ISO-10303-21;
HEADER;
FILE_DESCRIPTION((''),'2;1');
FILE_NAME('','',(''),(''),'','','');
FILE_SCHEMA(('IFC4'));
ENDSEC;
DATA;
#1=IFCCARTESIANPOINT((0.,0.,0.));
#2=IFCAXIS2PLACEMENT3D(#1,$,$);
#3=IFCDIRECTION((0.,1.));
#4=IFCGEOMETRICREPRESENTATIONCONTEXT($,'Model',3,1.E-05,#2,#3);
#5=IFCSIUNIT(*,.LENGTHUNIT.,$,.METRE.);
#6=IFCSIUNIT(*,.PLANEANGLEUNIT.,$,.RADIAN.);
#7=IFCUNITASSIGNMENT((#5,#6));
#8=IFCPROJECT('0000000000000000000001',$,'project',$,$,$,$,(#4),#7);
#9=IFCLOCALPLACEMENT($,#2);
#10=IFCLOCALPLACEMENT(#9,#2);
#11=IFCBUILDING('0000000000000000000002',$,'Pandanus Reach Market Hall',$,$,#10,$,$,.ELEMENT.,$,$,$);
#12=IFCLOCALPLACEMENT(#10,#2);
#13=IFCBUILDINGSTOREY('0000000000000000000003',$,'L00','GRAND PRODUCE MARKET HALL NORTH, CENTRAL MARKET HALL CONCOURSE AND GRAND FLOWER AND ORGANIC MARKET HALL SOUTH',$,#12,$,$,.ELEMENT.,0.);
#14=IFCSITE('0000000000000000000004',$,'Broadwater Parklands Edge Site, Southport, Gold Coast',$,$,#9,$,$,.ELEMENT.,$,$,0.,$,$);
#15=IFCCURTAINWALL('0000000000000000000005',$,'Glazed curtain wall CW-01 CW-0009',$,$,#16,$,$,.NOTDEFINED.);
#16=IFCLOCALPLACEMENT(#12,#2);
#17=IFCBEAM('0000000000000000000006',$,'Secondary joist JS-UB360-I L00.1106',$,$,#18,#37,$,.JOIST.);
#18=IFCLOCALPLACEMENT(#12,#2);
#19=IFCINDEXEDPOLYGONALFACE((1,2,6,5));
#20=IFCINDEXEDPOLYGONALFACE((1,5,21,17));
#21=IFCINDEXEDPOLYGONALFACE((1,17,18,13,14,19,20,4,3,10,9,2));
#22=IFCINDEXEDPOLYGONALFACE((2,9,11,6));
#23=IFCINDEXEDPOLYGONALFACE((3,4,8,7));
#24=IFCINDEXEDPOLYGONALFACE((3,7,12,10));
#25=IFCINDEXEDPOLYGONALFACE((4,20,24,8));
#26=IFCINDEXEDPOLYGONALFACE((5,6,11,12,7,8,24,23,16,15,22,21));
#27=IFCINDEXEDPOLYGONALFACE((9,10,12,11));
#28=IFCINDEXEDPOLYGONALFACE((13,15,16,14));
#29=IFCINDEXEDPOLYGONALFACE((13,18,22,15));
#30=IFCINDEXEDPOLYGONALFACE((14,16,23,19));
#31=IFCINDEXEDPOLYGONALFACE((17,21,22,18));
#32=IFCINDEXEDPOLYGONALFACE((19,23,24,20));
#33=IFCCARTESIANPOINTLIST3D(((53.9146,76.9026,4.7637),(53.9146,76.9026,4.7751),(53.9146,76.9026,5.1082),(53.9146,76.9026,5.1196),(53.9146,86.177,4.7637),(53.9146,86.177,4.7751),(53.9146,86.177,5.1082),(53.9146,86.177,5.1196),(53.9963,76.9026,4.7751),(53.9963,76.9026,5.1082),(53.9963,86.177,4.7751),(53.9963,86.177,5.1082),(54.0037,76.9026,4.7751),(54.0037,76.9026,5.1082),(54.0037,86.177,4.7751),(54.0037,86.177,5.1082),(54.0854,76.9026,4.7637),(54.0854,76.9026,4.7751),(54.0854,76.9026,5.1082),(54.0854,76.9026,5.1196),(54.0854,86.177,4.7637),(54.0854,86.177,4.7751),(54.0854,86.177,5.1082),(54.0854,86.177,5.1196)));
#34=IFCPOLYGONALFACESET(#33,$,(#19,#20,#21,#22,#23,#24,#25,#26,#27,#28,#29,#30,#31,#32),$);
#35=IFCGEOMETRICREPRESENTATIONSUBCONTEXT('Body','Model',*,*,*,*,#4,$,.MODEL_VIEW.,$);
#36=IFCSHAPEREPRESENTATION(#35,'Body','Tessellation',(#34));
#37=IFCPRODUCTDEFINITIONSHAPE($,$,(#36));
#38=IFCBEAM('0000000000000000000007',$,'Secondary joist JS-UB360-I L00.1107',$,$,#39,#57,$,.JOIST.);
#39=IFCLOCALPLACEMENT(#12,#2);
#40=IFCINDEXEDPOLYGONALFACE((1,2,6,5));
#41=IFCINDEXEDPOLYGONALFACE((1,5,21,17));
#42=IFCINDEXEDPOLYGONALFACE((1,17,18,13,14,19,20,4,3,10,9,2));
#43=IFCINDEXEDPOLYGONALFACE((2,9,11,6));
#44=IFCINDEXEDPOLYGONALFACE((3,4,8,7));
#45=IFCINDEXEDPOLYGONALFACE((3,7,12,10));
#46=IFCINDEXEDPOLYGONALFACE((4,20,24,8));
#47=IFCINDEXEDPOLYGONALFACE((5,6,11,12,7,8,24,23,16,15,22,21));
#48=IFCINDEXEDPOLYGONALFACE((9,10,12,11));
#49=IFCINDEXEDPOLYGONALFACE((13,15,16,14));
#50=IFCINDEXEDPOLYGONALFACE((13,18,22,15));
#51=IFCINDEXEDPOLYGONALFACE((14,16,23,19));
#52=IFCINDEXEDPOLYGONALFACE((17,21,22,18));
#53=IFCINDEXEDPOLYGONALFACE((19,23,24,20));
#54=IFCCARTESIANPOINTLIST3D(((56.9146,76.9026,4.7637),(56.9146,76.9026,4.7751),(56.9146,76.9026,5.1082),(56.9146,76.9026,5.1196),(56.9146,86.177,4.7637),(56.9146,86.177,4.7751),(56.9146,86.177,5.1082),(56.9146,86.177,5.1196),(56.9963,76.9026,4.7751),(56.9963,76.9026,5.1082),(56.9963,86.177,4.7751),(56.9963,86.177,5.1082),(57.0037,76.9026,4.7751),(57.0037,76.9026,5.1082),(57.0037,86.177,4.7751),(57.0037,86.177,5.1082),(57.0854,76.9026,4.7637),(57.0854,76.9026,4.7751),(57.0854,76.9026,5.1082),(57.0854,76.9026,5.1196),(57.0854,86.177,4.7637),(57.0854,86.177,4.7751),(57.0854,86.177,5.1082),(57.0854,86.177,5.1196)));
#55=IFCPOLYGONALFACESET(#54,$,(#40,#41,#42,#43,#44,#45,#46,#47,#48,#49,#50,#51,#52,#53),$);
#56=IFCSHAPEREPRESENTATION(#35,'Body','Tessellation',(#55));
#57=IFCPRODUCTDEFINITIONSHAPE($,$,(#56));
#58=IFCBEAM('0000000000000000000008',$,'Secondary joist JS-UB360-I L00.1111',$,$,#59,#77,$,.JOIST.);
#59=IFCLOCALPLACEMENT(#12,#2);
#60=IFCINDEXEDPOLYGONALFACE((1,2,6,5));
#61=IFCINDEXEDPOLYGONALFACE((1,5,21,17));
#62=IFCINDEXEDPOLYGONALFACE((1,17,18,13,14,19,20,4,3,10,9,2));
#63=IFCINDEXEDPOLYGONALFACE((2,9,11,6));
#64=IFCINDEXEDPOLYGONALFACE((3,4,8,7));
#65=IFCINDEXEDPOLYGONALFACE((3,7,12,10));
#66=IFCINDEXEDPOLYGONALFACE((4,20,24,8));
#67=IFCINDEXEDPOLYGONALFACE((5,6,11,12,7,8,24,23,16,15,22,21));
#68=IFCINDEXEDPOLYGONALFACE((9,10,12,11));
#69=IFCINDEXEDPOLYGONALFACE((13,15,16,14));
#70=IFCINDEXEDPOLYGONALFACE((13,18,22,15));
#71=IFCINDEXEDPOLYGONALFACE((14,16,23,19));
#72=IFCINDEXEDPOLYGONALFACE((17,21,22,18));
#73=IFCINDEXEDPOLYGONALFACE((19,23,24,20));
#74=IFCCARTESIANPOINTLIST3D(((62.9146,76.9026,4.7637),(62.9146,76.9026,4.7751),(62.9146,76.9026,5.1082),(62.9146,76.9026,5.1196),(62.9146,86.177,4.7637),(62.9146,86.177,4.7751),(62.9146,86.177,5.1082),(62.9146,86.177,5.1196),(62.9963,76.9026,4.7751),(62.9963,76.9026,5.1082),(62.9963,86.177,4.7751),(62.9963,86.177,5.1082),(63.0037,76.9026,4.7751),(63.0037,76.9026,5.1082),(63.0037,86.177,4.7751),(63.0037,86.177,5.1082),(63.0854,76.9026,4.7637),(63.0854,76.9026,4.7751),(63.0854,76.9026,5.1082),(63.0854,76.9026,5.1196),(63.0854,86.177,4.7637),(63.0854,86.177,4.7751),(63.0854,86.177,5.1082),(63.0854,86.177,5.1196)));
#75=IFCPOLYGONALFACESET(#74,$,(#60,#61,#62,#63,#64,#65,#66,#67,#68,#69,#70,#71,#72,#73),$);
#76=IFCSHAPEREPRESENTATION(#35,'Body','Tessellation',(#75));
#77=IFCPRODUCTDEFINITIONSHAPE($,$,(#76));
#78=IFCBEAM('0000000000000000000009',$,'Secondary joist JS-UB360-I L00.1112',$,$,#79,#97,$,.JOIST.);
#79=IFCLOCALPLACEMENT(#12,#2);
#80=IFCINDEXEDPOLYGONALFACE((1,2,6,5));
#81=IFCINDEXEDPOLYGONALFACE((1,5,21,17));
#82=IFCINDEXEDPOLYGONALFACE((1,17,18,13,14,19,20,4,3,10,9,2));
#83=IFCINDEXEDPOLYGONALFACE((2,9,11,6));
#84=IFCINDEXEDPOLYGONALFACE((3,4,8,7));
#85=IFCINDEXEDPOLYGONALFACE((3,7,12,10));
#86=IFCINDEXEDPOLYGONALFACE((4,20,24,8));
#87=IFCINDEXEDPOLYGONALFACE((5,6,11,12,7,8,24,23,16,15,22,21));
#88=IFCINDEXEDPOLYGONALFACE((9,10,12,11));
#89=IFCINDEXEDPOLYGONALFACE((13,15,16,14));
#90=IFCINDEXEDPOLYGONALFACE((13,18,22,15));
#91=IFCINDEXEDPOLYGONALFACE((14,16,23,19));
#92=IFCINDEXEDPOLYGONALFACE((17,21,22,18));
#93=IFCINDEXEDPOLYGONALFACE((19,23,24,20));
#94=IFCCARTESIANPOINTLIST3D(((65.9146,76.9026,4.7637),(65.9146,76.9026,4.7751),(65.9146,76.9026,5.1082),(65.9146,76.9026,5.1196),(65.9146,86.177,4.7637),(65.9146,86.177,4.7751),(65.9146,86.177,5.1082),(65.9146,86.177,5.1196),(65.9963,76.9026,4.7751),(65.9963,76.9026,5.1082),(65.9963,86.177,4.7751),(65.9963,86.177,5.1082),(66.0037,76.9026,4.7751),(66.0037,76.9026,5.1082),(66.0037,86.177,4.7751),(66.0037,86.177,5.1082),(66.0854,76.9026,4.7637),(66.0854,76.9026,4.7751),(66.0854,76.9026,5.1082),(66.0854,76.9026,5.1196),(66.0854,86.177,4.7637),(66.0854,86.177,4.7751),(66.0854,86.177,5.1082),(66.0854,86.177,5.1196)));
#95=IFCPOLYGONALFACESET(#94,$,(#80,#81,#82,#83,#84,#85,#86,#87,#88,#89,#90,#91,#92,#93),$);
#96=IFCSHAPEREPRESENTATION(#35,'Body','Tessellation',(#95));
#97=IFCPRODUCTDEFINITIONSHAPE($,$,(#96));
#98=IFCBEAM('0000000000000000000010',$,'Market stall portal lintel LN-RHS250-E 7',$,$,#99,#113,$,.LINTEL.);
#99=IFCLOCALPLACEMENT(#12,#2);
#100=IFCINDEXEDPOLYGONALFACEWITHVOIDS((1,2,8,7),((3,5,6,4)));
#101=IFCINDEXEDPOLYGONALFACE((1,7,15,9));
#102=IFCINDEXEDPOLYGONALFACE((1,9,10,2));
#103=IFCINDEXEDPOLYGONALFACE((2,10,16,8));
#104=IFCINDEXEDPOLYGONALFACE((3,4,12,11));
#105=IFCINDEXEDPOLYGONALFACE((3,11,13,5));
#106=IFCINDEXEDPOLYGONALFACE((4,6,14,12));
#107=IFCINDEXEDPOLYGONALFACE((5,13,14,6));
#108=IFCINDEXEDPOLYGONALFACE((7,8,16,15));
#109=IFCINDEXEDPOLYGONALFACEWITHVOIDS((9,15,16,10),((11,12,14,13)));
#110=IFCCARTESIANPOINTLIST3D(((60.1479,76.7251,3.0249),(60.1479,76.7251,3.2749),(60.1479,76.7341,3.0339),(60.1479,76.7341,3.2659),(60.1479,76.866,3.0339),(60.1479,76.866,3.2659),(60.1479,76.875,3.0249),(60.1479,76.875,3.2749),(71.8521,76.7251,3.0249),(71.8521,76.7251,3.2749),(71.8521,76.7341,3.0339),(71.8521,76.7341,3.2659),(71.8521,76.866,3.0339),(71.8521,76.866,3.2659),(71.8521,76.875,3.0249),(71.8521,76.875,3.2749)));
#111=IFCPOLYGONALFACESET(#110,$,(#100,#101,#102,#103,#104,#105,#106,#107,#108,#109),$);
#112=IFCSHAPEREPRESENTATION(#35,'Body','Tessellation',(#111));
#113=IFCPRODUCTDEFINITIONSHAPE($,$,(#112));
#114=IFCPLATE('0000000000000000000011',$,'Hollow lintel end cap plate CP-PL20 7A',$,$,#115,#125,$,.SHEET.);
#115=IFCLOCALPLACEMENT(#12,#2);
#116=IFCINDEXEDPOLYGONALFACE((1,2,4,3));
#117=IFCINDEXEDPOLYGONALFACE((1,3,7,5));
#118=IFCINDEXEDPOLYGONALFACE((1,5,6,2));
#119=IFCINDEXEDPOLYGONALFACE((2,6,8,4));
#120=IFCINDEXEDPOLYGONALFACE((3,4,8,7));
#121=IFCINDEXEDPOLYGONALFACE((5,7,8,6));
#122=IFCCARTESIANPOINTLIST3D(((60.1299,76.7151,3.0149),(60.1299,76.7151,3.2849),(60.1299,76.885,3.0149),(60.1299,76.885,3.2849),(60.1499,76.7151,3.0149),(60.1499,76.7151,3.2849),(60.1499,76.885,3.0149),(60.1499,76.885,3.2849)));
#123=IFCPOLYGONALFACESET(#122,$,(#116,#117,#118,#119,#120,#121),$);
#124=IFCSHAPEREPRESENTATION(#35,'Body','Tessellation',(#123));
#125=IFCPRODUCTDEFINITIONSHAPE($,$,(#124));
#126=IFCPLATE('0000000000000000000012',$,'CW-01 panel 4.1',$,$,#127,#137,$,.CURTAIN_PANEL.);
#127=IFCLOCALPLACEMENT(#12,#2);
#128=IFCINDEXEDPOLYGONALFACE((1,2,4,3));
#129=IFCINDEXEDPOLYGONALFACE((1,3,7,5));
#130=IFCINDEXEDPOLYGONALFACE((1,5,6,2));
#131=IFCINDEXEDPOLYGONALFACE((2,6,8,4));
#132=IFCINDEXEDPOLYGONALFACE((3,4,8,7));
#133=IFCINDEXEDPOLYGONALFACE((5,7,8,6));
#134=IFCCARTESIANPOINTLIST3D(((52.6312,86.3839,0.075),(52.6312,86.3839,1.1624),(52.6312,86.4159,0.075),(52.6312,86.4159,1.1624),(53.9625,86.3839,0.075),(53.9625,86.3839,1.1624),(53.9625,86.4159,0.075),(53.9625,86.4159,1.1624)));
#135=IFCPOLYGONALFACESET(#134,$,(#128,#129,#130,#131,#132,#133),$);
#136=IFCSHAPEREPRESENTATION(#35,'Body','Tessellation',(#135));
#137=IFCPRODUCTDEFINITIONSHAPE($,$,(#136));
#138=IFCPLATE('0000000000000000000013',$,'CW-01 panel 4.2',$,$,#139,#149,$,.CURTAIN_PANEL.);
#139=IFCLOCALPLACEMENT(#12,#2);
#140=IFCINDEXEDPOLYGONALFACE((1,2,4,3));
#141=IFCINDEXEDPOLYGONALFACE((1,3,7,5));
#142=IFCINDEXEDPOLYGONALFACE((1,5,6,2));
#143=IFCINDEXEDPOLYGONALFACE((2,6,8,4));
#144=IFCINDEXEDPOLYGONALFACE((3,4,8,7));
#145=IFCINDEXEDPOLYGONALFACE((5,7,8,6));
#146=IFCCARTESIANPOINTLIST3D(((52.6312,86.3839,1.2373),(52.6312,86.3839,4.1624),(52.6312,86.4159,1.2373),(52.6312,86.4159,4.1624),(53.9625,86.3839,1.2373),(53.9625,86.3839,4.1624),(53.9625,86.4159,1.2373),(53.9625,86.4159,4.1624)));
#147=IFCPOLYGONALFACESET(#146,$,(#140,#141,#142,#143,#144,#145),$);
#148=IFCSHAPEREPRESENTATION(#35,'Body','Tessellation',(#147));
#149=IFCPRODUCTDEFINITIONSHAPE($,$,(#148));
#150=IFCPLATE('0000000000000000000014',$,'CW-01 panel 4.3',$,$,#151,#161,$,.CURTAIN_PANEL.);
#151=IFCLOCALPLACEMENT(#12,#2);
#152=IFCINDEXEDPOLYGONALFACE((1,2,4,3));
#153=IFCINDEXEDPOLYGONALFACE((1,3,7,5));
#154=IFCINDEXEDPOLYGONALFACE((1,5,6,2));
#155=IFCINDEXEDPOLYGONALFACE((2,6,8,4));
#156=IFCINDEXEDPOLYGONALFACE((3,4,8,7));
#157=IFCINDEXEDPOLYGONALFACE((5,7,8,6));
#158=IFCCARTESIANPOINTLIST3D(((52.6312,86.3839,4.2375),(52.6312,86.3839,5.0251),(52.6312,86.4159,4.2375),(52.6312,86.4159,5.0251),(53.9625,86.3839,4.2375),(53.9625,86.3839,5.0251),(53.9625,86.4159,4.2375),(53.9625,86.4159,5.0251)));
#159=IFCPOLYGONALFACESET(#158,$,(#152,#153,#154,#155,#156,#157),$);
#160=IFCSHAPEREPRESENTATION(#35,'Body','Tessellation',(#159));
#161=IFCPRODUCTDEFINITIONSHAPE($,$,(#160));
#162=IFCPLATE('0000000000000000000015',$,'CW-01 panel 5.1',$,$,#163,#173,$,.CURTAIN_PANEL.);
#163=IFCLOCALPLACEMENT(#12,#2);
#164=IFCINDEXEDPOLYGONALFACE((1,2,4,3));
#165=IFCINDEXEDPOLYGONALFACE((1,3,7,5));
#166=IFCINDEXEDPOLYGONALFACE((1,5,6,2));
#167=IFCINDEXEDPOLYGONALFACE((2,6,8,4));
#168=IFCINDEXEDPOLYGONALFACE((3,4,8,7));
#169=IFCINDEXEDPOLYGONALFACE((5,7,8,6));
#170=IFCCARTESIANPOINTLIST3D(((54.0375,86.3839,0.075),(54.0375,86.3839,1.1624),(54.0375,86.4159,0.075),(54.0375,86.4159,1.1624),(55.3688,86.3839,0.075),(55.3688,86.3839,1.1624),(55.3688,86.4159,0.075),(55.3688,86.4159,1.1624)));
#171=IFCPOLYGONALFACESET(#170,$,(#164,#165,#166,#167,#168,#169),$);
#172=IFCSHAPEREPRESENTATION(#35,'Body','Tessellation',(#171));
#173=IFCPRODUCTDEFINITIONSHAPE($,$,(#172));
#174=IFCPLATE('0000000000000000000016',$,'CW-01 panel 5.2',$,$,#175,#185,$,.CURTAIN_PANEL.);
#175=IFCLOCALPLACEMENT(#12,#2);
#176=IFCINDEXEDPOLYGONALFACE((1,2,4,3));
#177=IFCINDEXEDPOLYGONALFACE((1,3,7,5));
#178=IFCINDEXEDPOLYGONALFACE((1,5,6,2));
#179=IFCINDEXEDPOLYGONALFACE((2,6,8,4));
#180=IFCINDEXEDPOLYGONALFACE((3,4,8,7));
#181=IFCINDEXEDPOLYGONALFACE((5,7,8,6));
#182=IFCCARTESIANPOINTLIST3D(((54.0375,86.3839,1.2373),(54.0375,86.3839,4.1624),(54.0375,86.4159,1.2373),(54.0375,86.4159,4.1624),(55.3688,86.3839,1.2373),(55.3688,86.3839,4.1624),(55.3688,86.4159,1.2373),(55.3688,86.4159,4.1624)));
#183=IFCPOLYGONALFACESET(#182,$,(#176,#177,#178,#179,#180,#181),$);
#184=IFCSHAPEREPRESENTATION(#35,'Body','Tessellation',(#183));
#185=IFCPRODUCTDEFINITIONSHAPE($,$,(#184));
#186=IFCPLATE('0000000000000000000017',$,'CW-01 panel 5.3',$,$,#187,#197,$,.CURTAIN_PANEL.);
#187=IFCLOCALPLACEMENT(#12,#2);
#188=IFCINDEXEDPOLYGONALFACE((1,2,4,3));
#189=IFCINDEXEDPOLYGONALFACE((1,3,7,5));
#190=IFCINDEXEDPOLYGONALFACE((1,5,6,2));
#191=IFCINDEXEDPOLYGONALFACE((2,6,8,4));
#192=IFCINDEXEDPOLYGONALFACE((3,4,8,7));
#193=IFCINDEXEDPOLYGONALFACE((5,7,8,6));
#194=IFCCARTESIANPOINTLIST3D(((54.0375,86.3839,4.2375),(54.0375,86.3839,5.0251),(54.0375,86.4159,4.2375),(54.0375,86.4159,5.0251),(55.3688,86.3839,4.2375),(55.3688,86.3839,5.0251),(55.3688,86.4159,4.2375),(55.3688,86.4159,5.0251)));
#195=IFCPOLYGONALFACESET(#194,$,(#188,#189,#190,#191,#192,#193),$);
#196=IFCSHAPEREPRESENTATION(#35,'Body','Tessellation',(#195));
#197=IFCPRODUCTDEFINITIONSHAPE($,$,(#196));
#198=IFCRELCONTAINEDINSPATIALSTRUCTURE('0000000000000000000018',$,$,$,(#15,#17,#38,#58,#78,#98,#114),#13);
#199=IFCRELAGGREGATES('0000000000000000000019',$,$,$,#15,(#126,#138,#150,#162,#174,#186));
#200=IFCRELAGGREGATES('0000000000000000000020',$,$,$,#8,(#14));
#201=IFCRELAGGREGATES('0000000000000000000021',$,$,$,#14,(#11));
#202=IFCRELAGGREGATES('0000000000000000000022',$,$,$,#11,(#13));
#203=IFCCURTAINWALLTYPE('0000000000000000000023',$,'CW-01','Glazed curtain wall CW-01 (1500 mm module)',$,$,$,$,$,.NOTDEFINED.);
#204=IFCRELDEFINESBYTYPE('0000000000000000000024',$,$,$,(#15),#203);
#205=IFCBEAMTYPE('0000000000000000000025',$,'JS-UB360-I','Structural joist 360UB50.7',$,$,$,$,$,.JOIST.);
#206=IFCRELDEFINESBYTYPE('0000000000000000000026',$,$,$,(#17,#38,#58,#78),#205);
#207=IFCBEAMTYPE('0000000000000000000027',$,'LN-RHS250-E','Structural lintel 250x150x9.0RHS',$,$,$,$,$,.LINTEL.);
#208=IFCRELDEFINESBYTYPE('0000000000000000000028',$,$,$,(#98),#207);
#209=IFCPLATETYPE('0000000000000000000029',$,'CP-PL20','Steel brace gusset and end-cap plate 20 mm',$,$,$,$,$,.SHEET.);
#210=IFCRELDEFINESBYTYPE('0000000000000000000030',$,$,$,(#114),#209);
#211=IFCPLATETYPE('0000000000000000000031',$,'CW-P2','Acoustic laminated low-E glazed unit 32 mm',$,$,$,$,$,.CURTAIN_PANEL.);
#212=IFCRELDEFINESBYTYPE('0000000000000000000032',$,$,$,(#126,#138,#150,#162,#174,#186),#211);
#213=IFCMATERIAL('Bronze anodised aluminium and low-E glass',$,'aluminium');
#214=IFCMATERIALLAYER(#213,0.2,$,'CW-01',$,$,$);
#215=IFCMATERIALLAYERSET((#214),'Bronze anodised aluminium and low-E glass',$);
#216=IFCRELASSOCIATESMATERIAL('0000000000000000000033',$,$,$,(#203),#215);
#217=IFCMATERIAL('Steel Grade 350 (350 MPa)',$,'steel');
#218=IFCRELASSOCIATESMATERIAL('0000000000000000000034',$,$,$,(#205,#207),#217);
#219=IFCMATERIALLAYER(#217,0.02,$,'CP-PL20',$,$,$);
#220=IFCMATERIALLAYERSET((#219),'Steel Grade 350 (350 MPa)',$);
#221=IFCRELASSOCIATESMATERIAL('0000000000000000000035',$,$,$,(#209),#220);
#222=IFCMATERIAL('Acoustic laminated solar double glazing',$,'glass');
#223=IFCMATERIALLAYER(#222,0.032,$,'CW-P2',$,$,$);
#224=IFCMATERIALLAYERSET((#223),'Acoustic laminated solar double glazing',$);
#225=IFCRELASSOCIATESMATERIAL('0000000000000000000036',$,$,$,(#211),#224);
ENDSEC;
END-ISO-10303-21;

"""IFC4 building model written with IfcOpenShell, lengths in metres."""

from ifc_helpers import new_model, si_unit, direction, frame, origin, origin_2d, place, context, subcontext, project, spatial, rectangle, hollow_rectangle, i_section, extrude, material, layer, layer_set, material_profile, profile_set, type_object, element, aggregate, save


model = new_model("IFC4")

# Units and contexts
model_context = context("Model", 3, precision=1e-05, world=origin(), true_north=direction((0.0, 1.0)))
body_context = subcontext(model_context, "Body", "Model", "MODEL_VIEW")
ifc_project = project(units=[si_unit("LENGTHUNIT", "METRE"), si_unit("PLANEANGLEUNIT", "RADIAN")], contexts=[model_context])

# Site, building, storey
site_placement = place(None, origin())
site = spatial("IfcSite", under=ifc_project, at=site_placement, Name="Broadwater Parklands Edge Site, Southport, Gold Coast", CompositionType="ELEMENT", RefElevation=0.0)
building_placement = place(site_placement, origin())
building = spatial("IfcBuilding", under=site, at=building_placement, Name="Pandanus Reach Market Hall", CompositionType="ELEMENT")
storey_placement = place(building_placement, origin())
storey = spatial("IfcBuildingStorey", under=building, at=storey_placement, Name="L00", Description="GRAND PRODUCE MARKET HALL NORTH, CENTRAL MARKET HALL CONCOURSE AND GRAND FLOWER AND ORGANIC MARKET HALL SOUTH", CompositionType="ELEMENT", Elevation=0.0)

# Shared definitions
ifc_material_1 = material(Name="Steel Grade 350 (350 MPa)", Category="steel")

# Curtain wall
ifc_material_2 = material(Name="Bronze anodised aluminium and low-E glass", Category="aluminium")
ifc_layer_1 = layer(ifc_material_2, 0.2, Name="CW-01")
ifc_layer_set_1 = layer_set([ifc_layer_1], Name="Bronze anodised aluminium and low-E glass")
curtain_wall_type = type_object("IfcCurtainWallType", Name="CW-01", Description="Glazed curtain wall CW-01 (1500 mm module)", PredefinedType="NOTDEFINED", material=ifc_layer_set_1)
curtain_wall_placement = place(storey_placement, origin())
curtain_wall = element("IfcCurtainWall", 1, at=curtain_wall_placement, inside=storey, type_object=curtain_wall_type, Name="Glazed curtain wall CW-01 CW-0009", PredefinedType="NOTDEFINED")

# Beams
ifc_material_profile_1 = material_profile(ifc_material_1, i_section(OverallWidth=0.1709, OverallDepth=0.356, WebThickness=0.0073, FlangeThickness=0.0115, at=origin_2d()), Name="360UB50.7", Category="LoadBearing")
ifc_profile_set_1 = profile_set([ifc_material_profile_1], Name="Steel Grade 350 (350 MPa)")
beam_type_1 = type_object("IfcBeamType", Name="JS-UB360-I", Description="Structural joist 360UB50.7", PredefinedType="JOIST", material=ifc_profile_set_1)
for number, where, z_axis, x_axis, name in (
    (2, (54.0, 76.9026, 4.9417), (0.0, 1.0, 0.0), (-1.0, 0.0, 0.0), "Secondary joist JS-UB360-I L00.1106"),
    (3, (57.0, 76.9026, 4.9417), (0.0, 1.0, 0.0), (-1.0, 0.0, 0.0), "Secondary joist JS-UB360-I L00.1107"),
    (4, (63.0, 76.9026, 4.9417), (0.0, 1.0, 0.0), (-1.0, 0.0, 0.0), "Secondary joist JS-UB360-I L00.1111"),
    (5, (66.0, 76.9026, 4.9417), (0.0, 1.0, 0.0), (-1.0, 0.0, 0.0), "Secondary joist JS-UB360-I L00.1112"),
):
    element("IfcBeam", number, at=place(storey_placement, frame(where, z_axis=z_axis, x_axis=x_axis)), inside=storey, type_object=beam_type_1, Name=name, PredefinedType="JOIST", context=body_context, shape_type="SweptSolid", body=[
        extrude(i_section(OverallWidth=0.1709, OverallDepth=0.356, WebThickness=0.0073, FlangeThickness=0.0115, at=origin_2d()), origin(), (0.0, 0.0, 1.0), 9.2744),
    ])
ifc_material_profile_2 = material_profile(ifc_material_1, hollow_rectangle(XDim=0.1499, YDim=0.25, WallThickness=0.009, at=origin_2d()), Name="250x150x9.0RHS", Category="LoadBearing")
ifc_profile_set_2 = profile_set([ifc_material_profile_2], Name="Steel Grade 350 (350 MPa)")
beam_type_2 = type_object("IfcBeamType", Name="LN-RHS250-E", Description="Structural lintel 250x150x9.0RHS", PredefinedType="LINTEL", material=ifc_profile_set_2)
beam_1_placement = place(storey_placement, frame((60.1479, 76.8, 3.1499), z_axis=(1.0, 0.0, 0.0), x_axis=(0.0, 1.0, 0.0)))
element("IfcBeam", 6, at=beam_1_placement, inside=storey, type_object=beam_type_2, Name="Market stall portal lintel LN-RHS250-E 7", PredefinedType="LINTEL", context=body_context, shape_type="SweptSolid", body=[
    extrude(hollow_rectangle(XDim=0.1499, YDim=0.25, WallThickness=0.009, at=origin_2d()), origin(), (0.0, 0.0, 1.0), 11.7041),
])

# Plates
ifc_layer_2 = layer(ifc_material_1, 0.02, Name="CP-PL20")
ifc_layer_set_2 = layer_set([ifc_layer_2], Name="Steel Grade 350 (350 MPa)")
plate_type_1 = type_object("IfcPlateType", Name="CP-PL20", Description="Steel brace gusset and end-cap plate 20 mm", PredefinedType="SHEET", material=ifc_layer_set_2)
plate_1_placement = place(storey_placement, frame((60.1399, 76.8, 3.0149), z_axis=(0.0, 0.0, 1.0), x_axis=(1.0, 0.0, 0.0)))
element("IfcPlate", 7, at=plate_1_placement, inside=storey, type_object=plate_type_1, Name="Hollow lintel end cap plate CP-PL20 7A", PredefinedType="SHEET", context=body_context, shape_type="SweptSolid", body=[
    extrude(rectangle(XDim=0.02, YDim=0.1699, at=origin_2d()), origin(), (0.0, 0.0, 1.0), 0.27),
])
ifc_material_3 = material(Name="Acoustic laminated solar double glazing", Category="glass")
ifc_layer_3 = layer(ifc_material_3, 0.032, Name="CW-P2")
ifc_layer_set_3 = layer_set([ifc_layer_3], Name="Acoustic laminated solar double glazing")
plate_type_2 = type_object("IfcPlateType", Name="CW-P2", Description="Acoustic laminated low-E glazed unit 32 mm", PredefinedType="CURTAIN_PANEL", material=ifc_layer_set_3)
plate_2_placement = place(storey_placement, frame((53.2969, 86.3999, 0.075), z_axis=(0.0, 0.0, 1.0), x_axis=(1.0, 0.0, 0.0)))
plate_2 = element("IfcPlate", 8, at=plate_2_placement, type_object=plate_type_2, Name="CW-01 panel 4.1", PredefinedType="CURTAIN_PANEL", context=body_context, shape_type="SweptSolid", body=[
    extrude(rectangle(XDim=1.3313, YDim=0.032, at=origin_2d()), origin(), (0.0, 0.0, 1.0), 1.0874),
])
plate_3_placement = place(storey_placement, frame((53.2969, 86.3999, 1.2373), z_axis=(0.0, 0.0, 1.0), x_axis=(1.0, 0.0, 0.0)))
plate_3 = element("IfcPlate", 9, at=plate_3_placement, type_object=plate_type_2, Name="CW-01 panel 4.2", PredefinedType="CURTAIN_PANEL", context=body_context, shape_type="SweptSolid", body=[
    extrude(rectangle(XDim=1.3313, YDim=0.032, at=origin_2d()), origin(), (0.0, 0.0, 1.0), 2.925),
])
plate_4_placement = place(storey_placement, frame((53.2969, 86.3999, 4.2375), z_axis=(0.0, 0.0, 1.0), x_axis=(1.0, 0.0, 0.0)))
plate_4 = element("IfcPlate", 10, at=plate_4_placement, type_object=plate_type_2, Name="CW-01 panel 4.3", PredefinedType="CURTAIN_PANEL", context=body_context, shape_type="SweptSolid", body=[
    extrude(rectangle(XDim=1.3313, YDim=0.032, at=origin_2d()), origin(), (0.0, 0.0, 1.0), 0.7876),
])
plate_5_placement = place(storey_placement, frame((54.7031, 86.3999, 0.075), z_axis=(0.0, 0.0, 1.0), x_axis=(1.0, 0.0, 0.0)))
plate_5 = element("IfcPlate", 11, at=plate_5_placement, type_object=plate_type_2, Name="CW-01 panel 5.1", PredefinedType="CURTAIN_PANEL", context=body_context, shape_type="SweptSolid", body=[
    extrude(rectangle(XDim=1.3313, YDim=0.032, at=origin_2d()), origin(), (0.0, 0.0, 1.0), 1.0874),
])
plate_6_placement = place(storey_placement, frame((54.7031, 86.3999, 1.2373), z_axis=(0.0, 0.0, 1.0), x_axis=(1.0, 0.0, 0.0)))
plate_6 = element("IfcPlate", 12, at=plate_6_placement, type_object=plate_type_2, Name="CW-01 panel 5.2", PredefinedType="CURTAIN_PANEL", context=body_context, shape_type="SweptSolid", body=[
    extrude(rectangle(XDim=1.3313, YDim=0.032, at=origin_2d()), origin(), (0.0, 0.0, 1.0), 2.925),
])
plate_7_placement = place(storey_placement, frame((54.7031, 86.3999, 4.2375), z_axis=(0.0, 0.0, 1.0), x_axis=(1.0, 0.0, 0.0)))
plate_7 = element("IfcPlate", 13, at=plate_7_placement, type_object=plate_type_2, Name="CW-01 panel 5.3", PredefinedType="CURTAIN_PANEL", context=body_context, shape_type="SweptSolid", body=[
    extrude(rectangle(XDim=1.3313, YDim=0.032, at=origin_2d()), origin(), (0.0, 0.0, 1.0), 0.7876),
])
aggregate(curtain_wall, [plate_2, plate_3, plate_4, plate_5, plate_6, plate_7])

save(model, "model.ifc")
